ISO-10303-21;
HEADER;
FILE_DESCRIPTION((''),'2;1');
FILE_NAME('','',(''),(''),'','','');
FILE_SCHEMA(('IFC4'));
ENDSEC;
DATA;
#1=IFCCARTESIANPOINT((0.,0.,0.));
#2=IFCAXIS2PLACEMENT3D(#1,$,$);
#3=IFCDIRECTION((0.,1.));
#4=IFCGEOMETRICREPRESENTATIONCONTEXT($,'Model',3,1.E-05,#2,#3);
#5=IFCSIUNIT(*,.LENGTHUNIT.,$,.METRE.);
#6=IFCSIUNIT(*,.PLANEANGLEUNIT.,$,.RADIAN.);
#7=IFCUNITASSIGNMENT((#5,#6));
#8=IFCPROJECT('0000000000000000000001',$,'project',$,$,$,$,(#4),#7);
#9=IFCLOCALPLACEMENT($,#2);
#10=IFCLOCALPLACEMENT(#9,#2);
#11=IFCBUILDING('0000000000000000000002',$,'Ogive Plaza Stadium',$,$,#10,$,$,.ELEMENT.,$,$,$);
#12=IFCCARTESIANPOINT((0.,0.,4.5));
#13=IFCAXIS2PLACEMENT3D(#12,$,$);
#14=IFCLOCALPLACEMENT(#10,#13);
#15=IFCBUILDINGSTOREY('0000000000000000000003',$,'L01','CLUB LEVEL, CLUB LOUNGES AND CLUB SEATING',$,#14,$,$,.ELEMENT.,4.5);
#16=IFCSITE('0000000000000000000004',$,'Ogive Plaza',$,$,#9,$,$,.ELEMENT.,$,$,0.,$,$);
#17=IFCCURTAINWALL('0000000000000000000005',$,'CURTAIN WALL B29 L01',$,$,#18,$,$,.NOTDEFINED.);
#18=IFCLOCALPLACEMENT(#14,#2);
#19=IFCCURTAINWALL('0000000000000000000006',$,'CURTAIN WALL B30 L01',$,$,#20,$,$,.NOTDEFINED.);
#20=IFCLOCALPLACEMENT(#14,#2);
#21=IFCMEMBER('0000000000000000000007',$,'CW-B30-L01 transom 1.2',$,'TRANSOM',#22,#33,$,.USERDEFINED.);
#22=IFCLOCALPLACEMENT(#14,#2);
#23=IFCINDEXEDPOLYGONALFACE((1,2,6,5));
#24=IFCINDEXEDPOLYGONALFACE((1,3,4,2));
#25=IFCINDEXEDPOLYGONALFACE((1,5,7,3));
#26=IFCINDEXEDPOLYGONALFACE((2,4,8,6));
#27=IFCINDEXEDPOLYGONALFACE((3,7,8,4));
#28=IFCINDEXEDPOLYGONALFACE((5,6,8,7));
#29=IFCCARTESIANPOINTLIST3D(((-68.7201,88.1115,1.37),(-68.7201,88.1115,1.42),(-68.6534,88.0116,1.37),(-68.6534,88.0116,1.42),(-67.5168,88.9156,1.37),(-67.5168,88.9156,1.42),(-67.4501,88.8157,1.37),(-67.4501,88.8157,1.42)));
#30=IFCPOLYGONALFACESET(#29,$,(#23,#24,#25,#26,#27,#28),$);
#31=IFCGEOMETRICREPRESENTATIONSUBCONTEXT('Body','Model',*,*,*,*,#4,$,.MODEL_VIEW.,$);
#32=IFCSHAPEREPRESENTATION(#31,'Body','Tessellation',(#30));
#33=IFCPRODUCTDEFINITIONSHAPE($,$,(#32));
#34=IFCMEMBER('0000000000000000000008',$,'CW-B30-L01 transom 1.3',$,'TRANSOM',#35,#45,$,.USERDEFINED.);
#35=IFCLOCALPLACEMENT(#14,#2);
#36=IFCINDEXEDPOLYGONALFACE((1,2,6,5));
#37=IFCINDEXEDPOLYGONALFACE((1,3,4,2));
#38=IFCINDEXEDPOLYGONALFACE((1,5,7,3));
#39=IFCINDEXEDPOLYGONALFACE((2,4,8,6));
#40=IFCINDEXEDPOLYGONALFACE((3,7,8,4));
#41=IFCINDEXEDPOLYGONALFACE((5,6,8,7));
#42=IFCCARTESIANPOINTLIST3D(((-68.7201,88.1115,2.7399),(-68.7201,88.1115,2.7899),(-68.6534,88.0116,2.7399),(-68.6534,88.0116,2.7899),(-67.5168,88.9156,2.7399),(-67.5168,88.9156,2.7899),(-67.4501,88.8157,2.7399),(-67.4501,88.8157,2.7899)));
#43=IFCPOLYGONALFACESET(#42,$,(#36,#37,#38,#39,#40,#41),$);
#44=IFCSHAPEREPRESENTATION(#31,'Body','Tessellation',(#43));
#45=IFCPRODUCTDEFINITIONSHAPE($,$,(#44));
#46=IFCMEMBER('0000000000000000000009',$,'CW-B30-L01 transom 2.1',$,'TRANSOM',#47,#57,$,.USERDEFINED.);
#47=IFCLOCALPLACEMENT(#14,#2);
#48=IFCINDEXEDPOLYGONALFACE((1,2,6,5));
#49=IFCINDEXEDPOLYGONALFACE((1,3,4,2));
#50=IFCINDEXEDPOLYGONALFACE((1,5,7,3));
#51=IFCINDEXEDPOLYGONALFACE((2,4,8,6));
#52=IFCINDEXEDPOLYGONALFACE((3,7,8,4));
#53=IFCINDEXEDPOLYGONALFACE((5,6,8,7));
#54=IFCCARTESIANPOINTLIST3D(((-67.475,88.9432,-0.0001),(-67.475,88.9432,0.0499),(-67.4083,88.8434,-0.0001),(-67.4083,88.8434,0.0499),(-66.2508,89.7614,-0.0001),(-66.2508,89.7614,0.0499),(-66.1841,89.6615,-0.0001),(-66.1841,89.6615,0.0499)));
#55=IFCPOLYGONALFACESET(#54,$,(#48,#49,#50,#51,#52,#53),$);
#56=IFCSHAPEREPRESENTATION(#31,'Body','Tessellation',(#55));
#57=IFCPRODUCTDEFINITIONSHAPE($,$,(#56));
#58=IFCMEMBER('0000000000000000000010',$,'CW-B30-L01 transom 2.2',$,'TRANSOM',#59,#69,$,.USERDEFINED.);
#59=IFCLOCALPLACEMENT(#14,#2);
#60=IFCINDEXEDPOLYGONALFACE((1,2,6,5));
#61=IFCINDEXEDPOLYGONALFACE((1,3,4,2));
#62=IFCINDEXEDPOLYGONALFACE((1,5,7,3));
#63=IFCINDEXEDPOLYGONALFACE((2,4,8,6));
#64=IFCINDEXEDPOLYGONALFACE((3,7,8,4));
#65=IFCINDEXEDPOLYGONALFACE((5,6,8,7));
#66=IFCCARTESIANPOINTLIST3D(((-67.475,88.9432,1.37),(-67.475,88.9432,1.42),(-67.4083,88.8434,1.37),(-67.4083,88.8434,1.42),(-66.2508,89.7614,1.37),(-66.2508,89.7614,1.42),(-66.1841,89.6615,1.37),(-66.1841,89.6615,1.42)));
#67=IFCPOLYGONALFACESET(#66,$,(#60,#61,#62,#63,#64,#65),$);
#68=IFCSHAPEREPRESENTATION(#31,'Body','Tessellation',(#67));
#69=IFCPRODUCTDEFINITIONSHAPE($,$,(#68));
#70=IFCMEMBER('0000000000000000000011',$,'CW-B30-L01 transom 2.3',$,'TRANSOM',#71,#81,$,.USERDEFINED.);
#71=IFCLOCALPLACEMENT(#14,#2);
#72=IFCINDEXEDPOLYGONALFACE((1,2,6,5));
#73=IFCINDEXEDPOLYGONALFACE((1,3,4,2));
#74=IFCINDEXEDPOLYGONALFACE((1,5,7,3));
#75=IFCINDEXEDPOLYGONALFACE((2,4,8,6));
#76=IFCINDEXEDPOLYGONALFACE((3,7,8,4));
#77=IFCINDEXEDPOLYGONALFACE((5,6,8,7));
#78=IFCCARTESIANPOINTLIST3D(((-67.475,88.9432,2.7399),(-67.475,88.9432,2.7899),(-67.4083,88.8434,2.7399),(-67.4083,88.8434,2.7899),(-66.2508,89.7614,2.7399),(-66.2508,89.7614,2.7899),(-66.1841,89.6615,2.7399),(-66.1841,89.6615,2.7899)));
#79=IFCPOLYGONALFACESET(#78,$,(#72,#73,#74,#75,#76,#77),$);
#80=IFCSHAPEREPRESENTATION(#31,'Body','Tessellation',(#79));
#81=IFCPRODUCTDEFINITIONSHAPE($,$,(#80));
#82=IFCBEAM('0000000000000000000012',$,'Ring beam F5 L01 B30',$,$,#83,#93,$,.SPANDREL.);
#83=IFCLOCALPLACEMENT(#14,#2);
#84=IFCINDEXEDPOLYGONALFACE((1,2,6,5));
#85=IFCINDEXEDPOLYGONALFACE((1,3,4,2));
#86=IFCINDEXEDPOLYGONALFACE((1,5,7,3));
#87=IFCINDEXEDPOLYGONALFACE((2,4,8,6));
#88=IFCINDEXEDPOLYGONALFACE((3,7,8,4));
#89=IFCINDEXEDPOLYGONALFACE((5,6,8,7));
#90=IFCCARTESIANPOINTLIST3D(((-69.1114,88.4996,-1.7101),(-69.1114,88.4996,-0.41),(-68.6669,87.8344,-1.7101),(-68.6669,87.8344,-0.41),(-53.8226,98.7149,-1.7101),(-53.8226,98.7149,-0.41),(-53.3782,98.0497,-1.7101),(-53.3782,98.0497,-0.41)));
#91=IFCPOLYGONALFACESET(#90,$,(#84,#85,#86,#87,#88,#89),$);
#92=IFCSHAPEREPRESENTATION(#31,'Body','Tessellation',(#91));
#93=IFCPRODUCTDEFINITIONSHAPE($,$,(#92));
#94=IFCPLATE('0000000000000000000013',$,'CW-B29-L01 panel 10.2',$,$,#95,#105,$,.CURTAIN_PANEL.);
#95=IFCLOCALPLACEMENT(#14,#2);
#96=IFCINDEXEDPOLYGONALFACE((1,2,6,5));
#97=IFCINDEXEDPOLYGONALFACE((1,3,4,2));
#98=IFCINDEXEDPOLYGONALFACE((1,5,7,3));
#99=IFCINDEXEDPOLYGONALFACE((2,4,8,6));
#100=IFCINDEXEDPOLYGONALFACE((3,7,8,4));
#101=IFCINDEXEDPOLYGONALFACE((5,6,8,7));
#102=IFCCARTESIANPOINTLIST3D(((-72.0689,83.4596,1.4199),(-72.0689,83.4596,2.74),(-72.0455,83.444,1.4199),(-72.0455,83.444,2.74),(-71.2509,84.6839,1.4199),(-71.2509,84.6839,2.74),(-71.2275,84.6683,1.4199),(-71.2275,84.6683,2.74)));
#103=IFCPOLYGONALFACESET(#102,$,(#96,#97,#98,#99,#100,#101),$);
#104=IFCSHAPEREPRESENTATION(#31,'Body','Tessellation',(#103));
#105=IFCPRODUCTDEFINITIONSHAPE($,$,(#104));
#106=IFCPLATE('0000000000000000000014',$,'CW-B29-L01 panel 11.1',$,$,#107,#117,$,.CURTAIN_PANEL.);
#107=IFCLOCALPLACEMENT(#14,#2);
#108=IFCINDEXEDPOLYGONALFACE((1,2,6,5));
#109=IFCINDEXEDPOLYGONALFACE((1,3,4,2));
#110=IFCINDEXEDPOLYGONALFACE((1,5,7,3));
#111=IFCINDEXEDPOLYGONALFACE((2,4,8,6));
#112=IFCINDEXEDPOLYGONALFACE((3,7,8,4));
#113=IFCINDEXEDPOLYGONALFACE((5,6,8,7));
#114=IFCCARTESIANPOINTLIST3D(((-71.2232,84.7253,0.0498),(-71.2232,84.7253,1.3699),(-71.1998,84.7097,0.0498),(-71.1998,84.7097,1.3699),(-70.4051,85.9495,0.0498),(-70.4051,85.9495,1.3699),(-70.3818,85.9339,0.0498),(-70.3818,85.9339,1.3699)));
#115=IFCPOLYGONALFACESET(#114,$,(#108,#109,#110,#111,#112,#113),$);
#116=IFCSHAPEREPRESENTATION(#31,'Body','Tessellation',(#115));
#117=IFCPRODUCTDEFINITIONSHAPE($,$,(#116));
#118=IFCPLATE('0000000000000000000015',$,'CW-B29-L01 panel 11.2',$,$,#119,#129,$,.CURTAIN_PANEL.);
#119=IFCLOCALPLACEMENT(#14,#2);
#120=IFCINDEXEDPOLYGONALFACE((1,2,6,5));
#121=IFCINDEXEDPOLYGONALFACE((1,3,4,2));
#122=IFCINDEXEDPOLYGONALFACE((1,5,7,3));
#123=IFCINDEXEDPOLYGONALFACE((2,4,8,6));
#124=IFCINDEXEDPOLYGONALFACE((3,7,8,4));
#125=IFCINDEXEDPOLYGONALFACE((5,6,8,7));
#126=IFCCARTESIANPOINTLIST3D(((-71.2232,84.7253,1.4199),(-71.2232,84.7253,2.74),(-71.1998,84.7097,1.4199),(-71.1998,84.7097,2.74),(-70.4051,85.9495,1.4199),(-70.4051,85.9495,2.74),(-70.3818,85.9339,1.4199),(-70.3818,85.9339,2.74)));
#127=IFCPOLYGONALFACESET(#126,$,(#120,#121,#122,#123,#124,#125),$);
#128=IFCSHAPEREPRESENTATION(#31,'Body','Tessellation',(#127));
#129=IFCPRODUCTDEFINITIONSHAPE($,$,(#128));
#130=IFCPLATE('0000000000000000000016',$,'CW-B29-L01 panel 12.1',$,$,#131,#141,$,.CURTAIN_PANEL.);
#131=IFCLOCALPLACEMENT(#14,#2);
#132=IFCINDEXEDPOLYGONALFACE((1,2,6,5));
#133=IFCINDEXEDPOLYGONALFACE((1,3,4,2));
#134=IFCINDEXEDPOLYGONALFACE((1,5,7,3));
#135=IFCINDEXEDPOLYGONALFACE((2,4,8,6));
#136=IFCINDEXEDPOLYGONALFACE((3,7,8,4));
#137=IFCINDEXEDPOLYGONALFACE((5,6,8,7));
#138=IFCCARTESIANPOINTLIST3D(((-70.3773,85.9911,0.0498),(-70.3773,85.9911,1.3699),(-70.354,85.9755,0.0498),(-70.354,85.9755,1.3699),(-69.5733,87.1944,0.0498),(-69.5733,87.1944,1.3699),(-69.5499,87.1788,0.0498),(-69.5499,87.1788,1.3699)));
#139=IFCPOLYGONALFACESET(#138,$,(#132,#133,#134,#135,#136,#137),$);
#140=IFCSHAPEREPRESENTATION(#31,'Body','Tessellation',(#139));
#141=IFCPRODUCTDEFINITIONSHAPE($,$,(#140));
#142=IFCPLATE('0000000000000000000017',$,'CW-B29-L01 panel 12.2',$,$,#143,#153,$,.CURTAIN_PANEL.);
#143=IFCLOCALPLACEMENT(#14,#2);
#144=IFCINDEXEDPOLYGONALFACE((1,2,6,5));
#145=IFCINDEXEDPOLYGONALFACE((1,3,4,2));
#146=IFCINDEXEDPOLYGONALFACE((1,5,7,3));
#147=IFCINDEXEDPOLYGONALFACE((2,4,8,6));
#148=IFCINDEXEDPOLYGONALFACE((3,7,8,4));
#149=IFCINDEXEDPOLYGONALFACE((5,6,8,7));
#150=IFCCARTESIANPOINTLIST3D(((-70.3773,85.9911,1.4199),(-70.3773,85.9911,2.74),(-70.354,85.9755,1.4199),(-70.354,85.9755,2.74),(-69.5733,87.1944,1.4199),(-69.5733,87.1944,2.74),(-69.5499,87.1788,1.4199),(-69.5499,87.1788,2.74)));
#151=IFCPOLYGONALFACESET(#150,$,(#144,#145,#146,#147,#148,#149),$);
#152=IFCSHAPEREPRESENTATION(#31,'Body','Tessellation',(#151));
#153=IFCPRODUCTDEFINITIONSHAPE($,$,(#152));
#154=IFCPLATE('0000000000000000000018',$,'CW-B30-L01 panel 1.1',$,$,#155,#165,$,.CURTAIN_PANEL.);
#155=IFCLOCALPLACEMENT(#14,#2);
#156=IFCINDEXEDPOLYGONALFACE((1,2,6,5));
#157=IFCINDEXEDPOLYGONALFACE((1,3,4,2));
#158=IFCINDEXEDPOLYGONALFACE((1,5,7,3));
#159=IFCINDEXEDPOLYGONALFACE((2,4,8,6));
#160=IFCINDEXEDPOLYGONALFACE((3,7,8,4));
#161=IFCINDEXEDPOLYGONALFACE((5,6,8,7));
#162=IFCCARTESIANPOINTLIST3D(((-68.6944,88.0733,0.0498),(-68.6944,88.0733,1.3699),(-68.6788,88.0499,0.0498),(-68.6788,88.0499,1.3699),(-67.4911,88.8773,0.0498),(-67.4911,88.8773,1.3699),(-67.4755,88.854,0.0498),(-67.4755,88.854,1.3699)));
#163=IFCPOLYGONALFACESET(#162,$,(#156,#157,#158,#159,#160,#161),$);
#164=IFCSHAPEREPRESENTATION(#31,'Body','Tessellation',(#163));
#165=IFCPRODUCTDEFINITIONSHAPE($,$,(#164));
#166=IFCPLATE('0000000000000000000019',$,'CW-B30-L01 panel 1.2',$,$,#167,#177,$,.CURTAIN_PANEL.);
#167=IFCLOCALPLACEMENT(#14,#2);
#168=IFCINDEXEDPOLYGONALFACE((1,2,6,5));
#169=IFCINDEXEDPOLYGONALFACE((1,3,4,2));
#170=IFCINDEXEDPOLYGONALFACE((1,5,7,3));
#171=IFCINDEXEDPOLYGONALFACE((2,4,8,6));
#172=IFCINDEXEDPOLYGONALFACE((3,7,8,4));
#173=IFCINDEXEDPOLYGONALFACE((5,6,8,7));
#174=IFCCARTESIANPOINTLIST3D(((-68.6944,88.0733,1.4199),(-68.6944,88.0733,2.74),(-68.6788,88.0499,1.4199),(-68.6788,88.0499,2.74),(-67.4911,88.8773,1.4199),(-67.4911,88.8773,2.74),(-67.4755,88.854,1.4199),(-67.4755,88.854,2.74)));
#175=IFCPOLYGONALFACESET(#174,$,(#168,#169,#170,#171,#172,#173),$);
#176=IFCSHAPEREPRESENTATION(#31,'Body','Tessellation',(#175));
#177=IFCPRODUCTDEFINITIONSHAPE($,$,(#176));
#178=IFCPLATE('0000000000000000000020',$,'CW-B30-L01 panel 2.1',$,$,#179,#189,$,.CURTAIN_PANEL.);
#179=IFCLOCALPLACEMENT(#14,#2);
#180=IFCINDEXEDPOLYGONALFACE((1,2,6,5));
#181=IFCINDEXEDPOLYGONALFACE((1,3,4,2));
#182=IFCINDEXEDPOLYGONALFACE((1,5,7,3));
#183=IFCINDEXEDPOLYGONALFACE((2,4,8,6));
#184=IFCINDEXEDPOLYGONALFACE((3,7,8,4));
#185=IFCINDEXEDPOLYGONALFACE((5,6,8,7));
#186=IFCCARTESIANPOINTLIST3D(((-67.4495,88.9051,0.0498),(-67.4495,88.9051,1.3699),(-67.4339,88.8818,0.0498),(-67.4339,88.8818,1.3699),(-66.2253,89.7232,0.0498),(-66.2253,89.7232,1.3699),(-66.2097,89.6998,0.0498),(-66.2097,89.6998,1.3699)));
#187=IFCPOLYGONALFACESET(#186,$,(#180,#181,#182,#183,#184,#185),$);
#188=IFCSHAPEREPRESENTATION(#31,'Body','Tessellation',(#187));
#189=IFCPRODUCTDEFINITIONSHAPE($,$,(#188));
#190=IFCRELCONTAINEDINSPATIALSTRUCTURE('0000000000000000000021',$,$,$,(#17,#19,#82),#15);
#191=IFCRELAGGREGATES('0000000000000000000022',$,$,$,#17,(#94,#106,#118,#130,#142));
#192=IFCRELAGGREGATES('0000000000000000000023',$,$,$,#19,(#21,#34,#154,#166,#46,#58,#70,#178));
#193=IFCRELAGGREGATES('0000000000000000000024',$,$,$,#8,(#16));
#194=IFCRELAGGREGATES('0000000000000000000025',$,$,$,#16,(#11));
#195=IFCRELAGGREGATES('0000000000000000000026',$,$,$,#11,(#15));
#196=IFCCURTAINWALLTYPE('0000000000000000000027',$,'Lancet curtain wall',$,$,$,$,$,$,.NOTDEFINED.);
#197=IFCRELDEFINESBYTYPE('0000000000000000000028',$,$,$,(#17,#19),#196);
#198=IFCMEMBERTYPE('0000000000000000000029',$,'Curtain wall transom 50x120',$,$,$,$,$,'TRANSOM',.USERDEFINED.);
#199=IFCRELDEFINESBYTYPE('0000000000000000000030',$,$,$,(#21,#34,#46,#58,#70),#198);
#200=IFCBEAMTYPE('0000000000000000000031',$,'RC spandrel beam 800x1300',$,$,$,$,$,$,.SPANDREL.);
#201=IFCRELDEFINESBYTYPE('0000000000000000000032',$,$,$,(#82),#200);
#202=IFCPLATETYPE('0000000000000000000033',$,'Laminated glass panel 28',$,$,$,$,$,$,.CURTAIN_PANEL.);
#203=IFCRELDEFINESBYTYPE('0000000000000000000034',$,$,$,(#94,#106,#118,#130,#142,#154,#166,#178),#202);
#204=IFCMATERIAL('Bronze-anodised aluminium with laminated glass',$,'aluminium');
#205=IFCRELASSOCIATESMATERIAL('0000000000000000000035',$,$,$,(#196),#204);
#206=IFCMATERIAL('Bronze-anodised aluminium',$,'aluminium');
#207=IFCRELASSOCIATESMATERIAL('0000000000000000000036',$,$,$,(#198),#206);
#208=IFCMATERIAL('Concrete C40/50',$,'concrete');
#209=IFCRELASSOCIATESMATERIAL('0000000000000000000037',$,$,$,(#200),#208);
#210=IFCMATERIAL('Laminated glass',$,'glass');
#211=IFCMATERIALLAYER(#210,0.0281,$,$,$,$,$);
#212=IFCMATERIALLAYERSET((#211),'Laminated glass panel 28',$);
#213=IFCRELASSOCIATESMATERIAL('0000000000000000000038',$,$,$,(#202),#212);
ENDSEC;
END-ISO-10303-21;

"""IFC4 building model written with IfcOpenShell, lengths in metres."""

from ifc_helpers import new_model, si_unit, direction, frame, origin, origin_2d, place, context, subcontext, project, spatial, rectangle, extrude, material, layer, layer_set, material_profile, profile_set, type_object, element, aggregate, save


model = new_model("IFC4")

# Units and contexts
model_context = context("Model", 3, precision=1e-05, world=origin(), true_north=direction((0.0, 1.0)))
body_context = subcontext(model_context, "Body", "Model", "MODEL_VIEW")
ifc_project = project(units=[si_unit("LENGTHUNIT", "METRE"), si_unit("PLANEANGLEUNIT", "RADIAN")], contexts=[model_context])

# Site, building, storey
site_placement = place(None, origin())
site = spatial("IfcSite", under=ifc_project, at=site_placement, Name="Ogive Plaza", CompositionType="ELEMENT", RefElevation=0.0)
building_placement = place(site_placement, origin())
building = spatial("IfcBuilding", under=site, at=building_placement, Name="Ogive Plaza Stadium", CompositionType="ELEMENT")
storey_placement = place(building_placement, frame((0.0, 0.0, 4.5)))
storey = spatial("IfcBuildingStorey", under=building, at=storey_placement, Name="L01", Description="CLUB LEVEL, CLUB LOUNGES AND CLUB SEATING", CompositionType="ELEMENT", Elevation=4.5)

# Curtain walls
ifc_material_1 = material(Name="Bronze-anodised aluminium with laminated glass", Category="aluminium")
curtain_wall_type = type_object("IfcCurtainWallType", Name="Lancet curtain wall", PredefinedType="NOTDEFINED", material=ifc_material_1)
curtain_wall_1_placement = place(storey_placement, origin())
curtain_wall_1 = element("IfcCurtainWall", 1, at=curtain_wall_1_placement, inside=storey, type_object=curtain_wall_type, Name="CURTAIN WALL B29 L01", PredefinedType="NOTDEFINED")
curtain_wall_2_placement = place(storey_placement, origin())
curtain_wall_2 = element("IfcCurtainWall", 2, at=curtain_wall_2_placement, inside=storey, type_object=curtain_wall_type, Name="CURTAIN WALL B30 L01", PredefinedType="NOTDEFINED")

# Members
ifc_material_2 = material(Name="Bronze-anodised aluminium", Category="aluminium")
ifc_material_profile_1 = material_profile(ifc_material_2, rectangle(XDim=0.1201, YDim=0.05, at=origin_2d()), Name="AL 120x50")
ifc_profile_set_1 = profile_set([ifc_material_profile_1], Name="Bronze-anodised aluminium")
member_type_1 = type_object("IfcMemberType", Name="Curtain wall transom 50x120", ElementType="TRANSOM", PredefinedType="USERDEFINED", material=ifc_profile_set_1)
member_1_placement = place(storey_placement, frame((-68.6868, 88.0615, 1.395), z_axis=(0.831427, 0.555634, 0.0), x_axis=(-0.555634, 0.831427, 0.0)))
member_1 = element("IfcMember", 3, at=member_1_placement, type_object=member_type_1, Name="CW-B30-L01 transom 1.2", ObjectType="TRANSOM", PredefinedType="USERDEFINED", context=body_context, shape_type="SweptSolid", body=[
    extrude(rectangle(XDim=0.1201, YDim=0.05, at=origin_2d()), origin(), (0.0, 0.0, 1.0), 1.4473),
])
member_2_placement = place(storey_placement, frame((-68.6868, 88.0615, 2.7649), z_axis=(0.831427, 0.555634, 0.0), x_axis=(-0.555634, 0.831427, 0.0)))
member_2 = element("IfcMember", 4, at=member_2_placement, type_object=member_type_1, Name="CW-B30-L01 transom 1.3", ObjectType="TRANSOM", PredefinedType="USERDEFINED", context=body_context, shape_type="SweptSolid", body=[
    extrude(rectangle(XDim=0.1201, YDim=0.05, at=origin_2d()), origin(), (0.0, 0.0, 1.0), 1.4473),
])
member_3_placement = place(storey_placement, frame((-67.4417, 88.8933, 0.0249), z_axis=(0.831412, 0.555656, 0.0), x_axis=(-0.555656, 0.831412, 0.0)))
member_3 = element("IfcMember", 5, at=member_3_placement, type_object=member_type_1, Name="CW-B30-L01 transom 2.1", ObjectType="TRANSOM", PredefinedType="USERDEFINED", context=body_context, shape_type="SweptSolid", body=[
    extrude(rectangle(XDim=0.1201, YDim=0.05, at=origin_2d()), origin(), (0.0, 0.0, 1.0), 1.4724),
])
member_4_placement = place(storey_placement, frame((-67.4417, 88.8933, 1.395), z_axis=(0.831412, 0.555656, 0.0), x_axis=(-0.555656, 0.831412, 0.0)))
member_4 = element("IfcMember", 6, at=member_4_placement, type_object=member_type_1, Name="CW-B30-L01 transom 2.2", ObjectType="TRANSOM", PredefinedType="USERDEFINED", context=body_context, shape_type="SweptSolid", body=[
    extrude(rectangle(XDim=0.1201, YDim=0.05, at=origin_2d()), origin(), (0.0, 0.0, 1.0), 1.4724),
])
member_5_placement = place(storey_placement, frame((-67.4417, 88.8933, 2.7649), z_axis=(0.831412, 0.555656, 0.0), x_axis=(-0.555656, 0.831412, 0.0)))
member_5 = element("IfcMember", 7, at=member_5_placement, type_object=member_type_1, Name="CW-B30-L01 transom 2.3", ObjectType="TRANSOM", PredefinedType="USERDEFINED", context=body_context, shape_type="SweptSolid", body=[
    extrude(rectangle(XDim=0.1201, YDim=0.05, at=origin_2d()), origin(), (0.0, 0.0, 1.0), 1.4724),
])

# Beam
ifc_material_3 = material(Name="Concrete C40/50", Category="concrete")
ifc_material_profile_2 = material_profile(ifc_material_3, rectangle(XDim=0.8, YDim=1.3, at=origin_2d()), Name="RC 800x1300")
ifc_profile_set_2 = profile_set([ifc_material_profile_2], Name="Concrete C40/50")
beam_type = type_object("IfcBeamType", Name="RC spandrel beam 800x1300", PredefinedType="SPANDREL", material=ifc_profile_set_2)
beam_placement = place(storey_placement, frame((-68.8892, 88.167, -1.0601), z_axis=(0.831478, 0.555558, 0.0), x_axis=(-0.555558, 0.831478, 0.0)))
element("IfcBeam", 8, at=beam_placement, inside=storey, type_object=beam_type, Name="Ring beam F5 L01 B30", PredefinedType="SPANDREL", context=body_context, shape_type="SweptSolid", body=[
    extrude(rectangle(XDim=0.8, YDim=1.3, at=origin_2d()), origin(), (0.0, 0.0, 1.0), 18.3875),
])

# Plates
ifc_material_4 = material(Name="Laminated glass", Category="glass")
ifc_layer = layer(ifc_material_4, 0.0281)
ifc_layer_set = layer_set([ifc_layer], Name="Laminated glass panel 28")
plate_type = type_object("IfcPlateType", Name="Laminated glass panel 28", PredefinedType="CURTAIN_PANEL", material=ifc_layer_set)
plate_1_placement = place(storey_placement, frame((-71.6482, 84.064, 1.4199), z_axis=(0.0, 0.0, 1.0), x_axis=(0.55557, 0.83147, 0.0)))
plate_1 = element("IfcPlate", 9, at=plate_1_placement, type_object=plate_type, Name="CW-B29-L01 panel 10.2", PredefinedType="CURTAIN_PANEL", context=body_context, shape_type="SweptSolid", body=[
    extrude(rectangle(XDim=1.4724, YDim=0.0281, at=origin_2d()), origin(), (0.0, 0.0, 1.0), 1.3201),
])
plate_2_placement = place(storey_placement, frame((-70.8025, 85.3296, 0.0498), z_axis=(0.0, 0.0, 1.0), x_axis=(0.55557, 0.83147, 0.0)))
plate_2 = element("IfcPlate", 10, at=plate_2_placement, type_object=plate_type, Name="CW-B29-L01 panel 11.1", PredefinedType="CURTAIN_PANEL", context=body_context, shape_type="SweptSolid", body=[
    extrude(rectangle(XDim=1.4724, YDim=0.0281, at=origin_2d()), origin(), (0.0, 0.0, 1.0), 1.3201),
])
plate_3_placement = place(storey_placement, frame((-70.8025, 85.3296, 1.4199), z_axis=(0.0, 0.0, 1.0), x_axis=(0.55557, 0.83147, 0.0)))
plate_3 = element("IfcPlate", 11, at=plate_3_placement, type_object=plate_type, Name="CW-B29-L01 panel 11.2", PredefinedType="CURTAIN_PANEL", context=body_context, shape_type="SweptSolid", body=[
    extrude(rectangle(XDim=1.4724, YDim=0.0281, at=origin_2d()), origin(), (0.0, 0.0, 1.0), 1.3201),
])
plate_4_placement = place(storey_placement, frame((-69.9636, 86.585, 0.0498), z_axis=(0.0, 0.0, 1.0), x_axis=(0.55557, 0.83147, 0.0)))
plate_4 = element("IfcPlate", 12, at=plate_4_placement, type_object=plate_type, Name="CW-B29-L01 panel 12.1", PredefinedType="CURTAIN_PANEL", context=body_context, shape_type="SweptSolid", body=[
    extrude(rectangle(XDim=1.4473, YDim=0.0281, at=origin_2d()), origin(), (0.0, 0.0, 1.0), 1.3201),
])
plate_5_placement = place(storey_placement, frame((-69.9636, 86.585, 1.4199), z_axis=(0.0, 0.0, 1.0), x_axis=(0.55557, 0.83147, 0.0)))
plate_5 = element("IfcPlate", 13, at=plate_5_placement, type_object=plate_type, Name="CW-B29-L01 panel 12.2", PredefinedType="CURTAIN_PANEL", context=body_context, shape_type="SweptSolid", body=[
    extrude(rectangle(XDim=1.4473, YDim=0.0281, at=origin_2d()), origin(), (0.0, 0.0, 1.0), 1.3201),
])
aggregate(curtain_wall_1, [plate_1, plate_2, plate_3, plate_4, plate_5])
plate_6_placement = place(storey_placement, frame((-68.085, 88.4636, 0.0498), z_axis=(0.0, 0.0, 1.0), x_axis=(0.83147, 0.55557, 0.0)))
plate_6 = element("IfcPlate", 14, at=plate_6_placement, type_object=plate_type, Name="CW-B30-L01 panel 1.1", PredefinedType="CURTAIN_PANEL", context=body_context, shape_type="SweptSolid", body=[
    extrude(rectangle(XDim=1.4473, YDim=0.0281, at=origin_2d()), origin(), (0.0, 0.0, 1.0), 1.3201),
])
plate_7_placement = place(storey_placement, frame((-68.085, 88.4636, 1.4199), z_axis=(0.0, 0.0, 1.0), x_axis=(0.83147, 0.55557, 0.0)))
plate_7 = element("IfcPlate", 15, at=plate_7_placement, type_object=plate_type, Name="CW-B30-L01 panel 1.2", PredefinedType="CURTAIN_PANEL", context=body_context, shape_type="SweptSolid", body=[
    extrude(rectangle(XDim=1.4473, YDim=0.0281, at=origin_2d()), origin(), (0.0, 0.0, 1.0), 1.3201),
])
plate_8_placement = place(storey_placement, frame((-66.8296, 89.3025, 0.0498), z_axis=(0.0, 0.0, 1.0), x_axis=(0.83147, 0.55557, 0.0)))
plate_8 = element("IfcPlate", 16, at=plate_8_placement, type_object=plate_type, Name="CW-B30-L01 panel 2.1", PredefinedType="CURTAIN_PANEL", context=body_context, shape_type="SweptSolid", body=[
    extrude(rectangle(XDim=1.4724, YDim=0.0281, at=origin_2d()), origin(), (0.0, 0.0, 1.0), 1.3201),
])
aggregate(curtain_wall_2, [member_1, member_2, plate_6, plate_7, member_3, member_4, member_5, plate_8])

save(model, "model.ifc")
